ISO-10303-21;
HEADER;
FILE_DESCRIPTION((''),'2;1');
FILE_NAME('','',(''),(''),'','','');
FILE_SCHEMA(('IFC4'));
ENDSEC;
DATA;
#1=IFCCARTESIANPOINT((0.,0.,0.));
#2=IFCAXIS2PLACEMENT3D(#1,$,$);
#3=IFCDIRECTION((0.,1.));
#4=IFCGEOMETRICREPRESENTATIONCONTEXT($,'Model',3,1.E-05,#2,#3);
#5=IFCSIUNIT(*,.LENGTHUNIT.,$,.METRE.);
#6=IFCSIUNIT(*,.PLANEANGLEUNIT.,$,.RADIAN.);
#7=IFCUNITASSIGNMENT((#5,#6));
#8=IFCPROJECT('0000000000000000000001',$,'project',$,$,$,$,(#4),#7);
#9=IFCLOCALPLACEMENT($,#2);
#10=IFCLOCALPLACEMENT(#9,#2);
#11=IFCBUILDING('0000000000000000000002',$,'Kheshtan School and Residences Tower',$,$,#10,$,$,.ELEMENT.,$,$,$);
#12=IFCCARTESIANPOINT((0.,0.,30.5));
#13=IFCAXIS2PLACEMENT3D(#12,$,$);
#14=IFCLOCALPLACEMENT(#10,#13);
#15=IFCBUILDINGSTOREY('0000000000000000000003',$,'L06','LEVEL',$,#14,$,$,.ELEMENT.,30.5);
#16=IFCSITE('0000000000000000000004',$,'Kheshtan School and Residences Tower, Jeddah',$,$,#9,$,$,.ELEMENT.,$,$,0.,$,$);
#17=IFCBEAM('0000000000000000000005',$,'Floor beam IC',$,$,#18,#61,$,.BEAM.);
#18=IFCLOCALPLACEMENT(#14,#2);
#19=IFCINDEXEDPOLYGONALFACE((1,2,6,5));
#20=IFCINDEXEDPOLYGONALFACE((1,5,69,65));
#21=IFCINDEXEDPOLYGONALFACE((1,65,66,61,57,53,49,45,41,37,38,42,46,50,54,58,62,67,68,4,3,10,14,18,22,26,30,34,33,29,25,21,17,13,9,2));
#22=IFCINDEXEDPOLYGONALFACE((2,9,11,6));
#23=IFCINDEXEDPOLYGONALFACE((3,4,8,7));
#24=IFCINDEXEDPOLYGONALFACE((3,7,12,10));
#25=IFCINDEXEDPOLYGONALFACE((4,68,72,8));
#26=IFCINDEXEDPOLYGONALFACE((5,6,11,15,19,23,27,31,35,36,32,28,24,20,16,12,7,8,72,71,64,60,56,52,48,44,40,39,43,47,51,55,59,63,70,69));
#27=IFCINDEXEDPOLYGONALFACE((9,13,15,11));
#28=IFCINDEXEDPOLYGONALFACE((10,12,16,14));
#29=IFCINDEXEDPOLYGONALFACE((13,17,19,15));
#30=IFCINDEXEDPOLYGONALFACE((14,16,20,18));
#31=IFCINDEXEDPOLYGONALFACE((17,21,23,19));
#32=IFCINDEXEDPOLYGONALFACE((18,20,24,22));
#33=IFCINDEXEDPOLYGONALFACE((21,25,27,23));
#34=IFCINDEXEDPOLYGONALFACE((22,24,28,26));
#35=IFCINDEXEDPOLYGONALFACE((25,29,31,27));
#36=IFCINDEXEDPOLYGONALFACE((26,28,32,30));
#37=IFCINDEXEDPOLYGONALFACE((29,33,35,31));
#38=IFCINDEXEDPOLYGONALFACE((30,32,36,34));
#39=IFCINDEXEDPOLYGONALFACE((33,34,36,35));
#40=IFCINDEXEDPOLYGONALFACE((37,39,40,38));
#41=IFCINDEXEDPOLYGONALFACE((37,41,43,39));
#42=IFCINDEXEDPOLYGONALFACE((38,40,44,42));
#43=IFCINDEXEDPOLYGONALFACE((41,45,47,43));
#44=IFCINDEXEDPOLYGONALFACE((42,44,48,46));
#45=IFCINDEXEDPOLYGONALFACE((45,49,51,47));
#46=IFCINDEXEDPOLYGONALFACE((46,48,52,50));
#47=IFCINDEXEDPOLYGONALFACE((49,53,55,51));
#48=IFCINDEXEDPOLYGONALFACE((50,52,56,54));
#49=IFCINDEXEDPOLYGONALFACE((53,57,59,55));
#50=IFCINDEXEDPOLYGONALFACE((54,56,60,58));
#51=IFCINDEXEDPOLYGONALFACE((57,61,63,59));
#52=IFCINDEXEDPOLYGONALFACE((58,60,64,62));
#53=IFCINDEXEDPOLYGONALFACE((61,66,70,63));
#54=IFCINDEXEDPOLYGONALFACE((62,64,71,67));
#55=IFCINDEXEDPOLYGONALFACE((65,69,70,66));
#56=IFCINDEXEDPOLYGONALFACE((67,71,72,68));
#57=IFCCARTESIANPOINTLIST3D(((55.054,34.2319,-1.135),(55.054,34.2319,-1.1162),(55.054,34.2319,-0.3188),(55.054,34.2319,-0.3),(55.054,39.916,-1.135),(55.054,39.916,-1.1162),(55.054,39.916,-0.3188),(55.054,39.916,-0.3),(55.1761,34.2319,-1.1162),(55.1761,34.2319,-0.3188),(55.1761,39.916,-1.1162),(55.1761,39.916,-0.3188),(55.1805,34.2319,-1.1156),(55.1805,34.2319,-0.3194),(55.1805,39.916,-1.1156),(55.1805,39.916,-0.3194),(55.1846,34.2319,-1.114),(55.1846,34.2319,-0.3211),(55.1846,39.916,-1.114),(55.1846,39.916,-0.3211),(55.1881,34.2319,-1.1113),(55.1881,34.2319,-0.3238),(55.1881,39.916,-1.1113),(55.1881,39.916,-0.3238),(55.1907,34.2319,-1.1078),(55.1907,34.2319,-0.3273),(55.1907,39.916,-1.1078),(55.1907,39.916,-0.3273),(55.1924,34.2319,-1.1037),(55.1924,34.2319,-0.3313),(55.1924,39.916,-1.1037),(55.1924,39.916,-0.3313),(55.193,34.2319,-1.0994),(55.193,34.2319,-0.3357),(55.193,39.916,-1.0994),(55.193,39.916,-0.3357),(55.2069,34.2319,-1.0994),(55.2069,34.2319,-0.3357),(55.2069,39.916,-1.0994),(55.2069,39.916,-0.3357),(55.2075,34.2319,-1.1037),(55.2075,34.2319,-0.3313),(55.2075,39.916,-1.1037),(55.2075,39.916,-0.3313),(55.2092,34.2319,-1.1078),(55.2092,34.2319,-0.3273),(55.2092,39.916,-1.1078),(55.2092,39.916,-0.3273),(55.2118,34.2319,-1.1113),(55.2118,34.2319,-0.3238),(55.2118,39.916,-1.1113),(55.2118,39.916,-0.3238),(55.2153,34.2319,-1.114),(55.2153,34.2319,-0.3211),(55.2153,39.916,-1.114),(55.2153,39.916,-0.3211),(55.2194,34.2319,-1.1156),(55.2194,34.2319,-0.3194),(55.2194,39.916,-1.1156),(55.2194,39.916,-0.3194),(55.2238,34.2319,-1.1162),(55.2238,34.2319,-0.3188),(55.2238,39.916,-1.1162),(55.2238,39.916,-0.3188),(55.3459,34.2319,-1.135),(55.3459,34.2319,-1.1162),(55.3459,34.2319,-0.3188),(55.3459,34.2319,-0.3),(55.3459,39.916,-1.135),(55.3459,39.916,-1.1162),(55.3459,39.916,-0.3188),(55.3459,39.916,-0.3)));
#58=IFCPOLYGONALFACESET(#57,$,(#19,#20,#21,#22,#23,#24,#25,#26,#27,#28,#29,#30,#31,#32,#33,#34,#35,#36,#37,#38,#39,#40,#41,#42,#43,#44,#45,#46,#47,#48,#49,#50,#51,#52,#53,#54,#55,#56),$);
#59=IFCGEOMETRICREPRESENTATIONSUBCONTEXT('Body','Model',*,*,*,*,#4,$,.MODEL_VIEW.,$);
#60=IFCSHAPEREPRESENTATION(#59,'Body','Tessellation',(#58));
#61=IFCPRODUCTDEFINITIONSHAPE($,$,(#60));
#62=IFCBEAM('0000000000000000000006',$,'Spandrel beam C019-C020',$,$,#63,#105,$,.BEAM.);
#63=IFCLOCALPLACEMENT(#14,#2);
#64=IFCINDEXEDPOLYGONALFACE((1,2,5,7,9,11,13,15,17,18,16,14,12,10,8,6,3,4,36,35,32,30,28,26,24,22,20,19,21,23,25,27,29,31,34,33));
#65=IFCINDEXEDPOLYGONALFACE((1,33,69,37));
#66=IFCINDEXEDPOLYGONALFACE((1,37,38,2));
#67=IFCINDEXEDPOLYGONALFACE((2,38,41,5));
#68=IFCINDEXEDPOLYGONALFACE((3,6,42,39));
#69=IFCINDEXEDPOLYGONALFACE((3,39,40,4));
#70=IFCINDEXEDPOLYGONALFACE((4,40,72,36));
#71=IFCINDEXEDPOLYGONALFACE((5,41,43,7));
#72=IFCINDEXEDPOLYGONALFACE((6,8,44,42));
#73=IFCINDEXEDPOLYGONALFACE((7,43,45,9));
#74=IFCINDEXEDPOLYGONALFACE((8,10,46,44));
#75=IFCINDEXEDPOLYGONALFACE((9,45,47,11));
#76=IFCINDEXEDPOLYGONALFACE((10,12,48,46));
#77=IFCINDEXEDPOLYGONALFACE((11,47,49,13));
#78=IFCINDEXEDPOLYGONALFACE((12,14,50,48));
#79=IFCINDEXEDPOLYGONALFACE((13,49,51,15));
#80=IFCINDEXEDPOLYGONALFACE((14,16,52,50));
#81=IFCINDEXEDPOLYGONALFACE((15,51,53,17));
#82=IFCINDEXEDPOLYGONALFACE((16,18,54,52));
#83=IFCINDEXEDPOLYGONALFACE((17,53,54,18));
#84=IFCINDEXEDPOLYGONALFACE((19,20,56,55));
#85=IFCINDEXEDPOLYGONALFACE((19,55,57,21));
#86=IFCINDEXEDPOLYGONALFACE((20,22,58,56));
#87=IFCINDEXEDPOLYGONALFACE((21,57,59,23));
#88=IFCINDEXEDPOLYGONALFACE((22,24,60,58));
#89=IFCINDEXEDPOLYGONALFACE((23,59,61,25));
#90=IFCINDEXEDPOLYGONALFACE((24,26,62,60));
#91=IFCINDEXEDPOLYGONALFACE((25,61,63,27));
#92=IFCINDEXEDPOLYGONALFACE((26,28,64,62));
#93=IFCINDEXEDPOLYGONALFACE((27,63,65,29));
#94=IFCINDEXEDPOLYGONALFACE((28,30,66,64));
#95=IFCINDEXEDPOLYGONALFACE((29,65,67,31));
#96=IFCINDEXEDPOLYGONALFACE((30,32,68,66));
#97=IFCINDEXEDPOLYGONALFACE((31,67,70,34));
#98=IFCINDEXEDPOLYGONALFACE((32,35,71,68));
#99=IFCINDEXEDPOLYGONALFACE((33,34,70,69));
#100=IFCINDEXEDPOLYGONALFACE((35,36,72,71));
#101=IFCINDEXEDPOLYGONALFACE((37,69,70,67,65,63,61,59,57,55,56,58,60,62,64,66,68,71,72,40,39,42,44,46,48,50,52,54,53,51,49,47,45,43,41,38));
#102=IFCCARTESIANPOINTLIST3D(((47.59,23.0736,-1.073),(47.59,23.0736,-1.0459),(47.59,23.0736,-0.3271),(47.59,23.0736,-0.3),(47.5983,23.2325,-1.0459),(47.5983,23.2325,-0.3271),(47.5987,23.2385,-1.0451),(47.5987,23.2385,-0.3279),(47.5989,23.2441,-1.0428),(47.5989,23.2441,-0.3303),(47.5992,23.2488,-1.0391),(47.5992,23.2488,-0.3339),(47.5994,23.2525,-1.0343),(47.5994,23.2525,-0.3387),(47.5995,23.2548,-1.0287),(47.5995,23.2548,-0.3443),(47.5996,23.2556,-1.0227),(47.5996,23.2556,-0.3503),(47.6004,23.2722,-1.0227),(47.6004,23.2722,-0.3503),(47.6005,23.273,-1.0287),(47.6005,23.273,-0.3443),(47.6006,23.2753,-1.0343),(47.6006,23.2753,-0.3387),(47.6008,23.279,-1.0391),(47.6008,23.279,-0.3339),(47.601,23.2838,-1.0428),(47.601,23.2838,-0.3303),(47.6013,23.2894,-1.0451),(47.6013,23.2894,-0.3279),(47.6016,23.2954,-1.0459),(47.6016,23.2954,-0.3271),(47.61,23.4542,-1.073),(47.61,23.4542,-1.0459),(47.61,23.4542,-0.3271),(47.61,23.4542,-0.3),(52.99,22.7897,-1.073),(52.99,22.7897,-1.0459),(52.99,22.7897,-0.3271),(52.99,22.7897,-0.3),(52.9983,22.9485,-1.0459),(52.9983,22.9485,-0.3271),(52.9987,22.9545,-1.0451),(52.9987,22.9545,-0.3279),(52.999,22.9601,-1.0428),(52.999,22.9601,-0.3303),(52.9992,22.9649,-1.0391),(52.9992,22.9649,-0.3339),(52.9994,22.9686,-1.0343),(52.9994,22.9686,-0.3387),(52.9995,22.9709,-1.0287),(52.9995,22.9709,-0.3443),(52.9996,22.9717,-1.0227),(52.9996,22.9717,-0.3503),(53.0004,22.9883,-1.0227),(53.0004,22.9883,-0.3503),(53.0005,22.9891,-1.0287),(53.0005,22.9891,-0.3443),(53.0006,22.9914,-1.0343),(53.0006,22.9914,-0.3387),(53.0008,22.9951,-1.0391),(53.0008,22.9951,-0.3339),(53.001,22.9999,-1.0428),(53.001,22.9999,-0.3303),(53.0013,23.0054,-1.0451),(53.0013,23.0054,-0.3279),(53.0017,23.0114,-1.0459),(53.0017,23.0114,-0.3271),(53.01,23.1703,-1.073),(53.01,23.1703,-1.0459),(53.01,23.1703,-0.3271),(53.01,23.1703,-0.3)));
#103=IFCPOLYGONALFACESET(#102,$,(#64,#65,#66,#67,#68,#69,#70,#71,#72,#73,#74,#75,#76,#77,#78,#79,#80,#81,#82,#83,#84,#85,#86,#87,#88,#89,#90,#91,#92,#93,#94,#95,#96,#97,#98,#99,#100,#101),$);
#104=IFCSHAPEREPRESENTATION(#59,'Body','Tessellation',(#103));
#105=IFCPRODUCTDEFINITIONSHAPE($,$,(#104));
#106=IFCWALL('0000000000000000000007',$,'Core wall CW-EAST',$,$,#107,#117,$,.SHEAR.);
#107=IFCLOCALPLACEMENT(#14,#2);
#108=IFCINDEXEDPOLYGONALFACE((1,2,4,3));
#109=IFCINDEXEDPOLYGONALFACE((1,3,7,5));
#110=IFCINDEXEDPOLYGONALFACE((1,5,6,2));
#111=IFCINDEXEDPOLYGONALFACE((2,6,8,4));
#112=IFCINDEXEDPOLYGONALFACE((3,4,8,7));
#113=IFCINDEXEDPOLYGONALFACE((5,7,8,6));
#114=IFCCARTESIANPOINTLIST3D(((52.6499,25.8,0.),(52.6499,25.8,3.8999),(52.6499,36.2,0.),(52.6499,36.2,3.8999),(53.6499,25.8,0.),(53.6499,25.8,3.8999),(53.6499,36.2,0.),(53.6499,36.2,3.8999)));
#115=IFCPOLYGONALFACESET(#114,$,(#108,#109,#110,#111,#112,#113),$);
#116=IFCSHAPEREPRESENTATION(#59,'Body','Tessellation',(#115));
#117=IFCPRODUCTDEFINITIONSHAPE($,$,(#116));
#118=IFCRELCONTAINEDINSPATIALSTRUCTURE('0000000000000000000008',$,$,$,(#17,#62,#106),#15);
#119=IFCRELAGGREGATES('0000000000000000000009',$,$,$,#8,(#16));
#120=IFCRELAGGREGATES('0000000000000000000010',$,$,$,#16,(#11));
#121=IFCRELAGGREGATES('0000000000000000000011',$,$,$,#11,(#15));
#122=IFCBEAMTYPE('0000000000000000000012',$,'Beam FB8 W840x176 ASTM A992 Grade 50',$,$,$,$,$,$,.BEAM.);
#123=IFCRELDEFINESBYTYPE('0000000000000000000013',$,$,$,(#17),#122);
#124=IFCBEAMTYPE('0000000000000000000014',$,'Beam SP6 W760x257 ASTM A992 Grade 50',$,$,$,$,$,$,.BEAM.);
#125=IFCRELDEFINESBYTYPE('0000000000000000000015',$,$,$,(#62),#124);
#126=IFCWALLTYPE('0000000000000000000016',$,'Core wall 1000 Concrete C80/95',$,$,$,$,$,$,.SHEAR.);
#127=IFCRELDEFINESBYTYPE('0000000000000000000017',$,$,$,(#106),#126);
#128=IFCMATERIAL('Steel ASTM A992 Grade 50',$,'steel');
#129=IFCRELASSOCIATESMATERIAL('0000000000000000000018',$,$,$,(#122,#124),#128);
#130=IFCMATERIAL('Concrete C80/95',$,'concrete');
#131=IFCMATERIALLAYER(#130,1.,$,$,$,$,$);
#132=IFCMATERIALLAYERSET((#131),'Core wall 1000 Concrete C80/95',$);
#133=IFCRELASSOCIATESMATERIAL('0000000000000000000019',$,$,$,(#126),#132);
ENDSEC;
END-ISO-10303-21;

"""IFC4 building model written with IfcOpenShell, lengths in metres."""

from ifc_helpers import new_model, si_unit, direction, frame, frame_2d, origin, origin_2d, place, context, subcontext, project, spatial, rectangle, i_section, extrude, material, layer, layer_set, material_profile, profile_set, type_object, element, save


model = new_model("IFC4")

# Units and contexts
model_context = context("Model", 3, precision=1e-05, world=origin(), true_north=direction((0.0, 1.0)))
body_context = subcontext(model_context, "Body", "Model", "MODEL_VIEW")
ifc_project = project(units=[si_unit("LENGTHUNIT", "METRE"), si_unit("PLANEANGLEUNIT", "RADIAN")], contexts=[model_context])

# Site, building, storey
site_placement = place(None, origin())
site = spatial("IfcSite", under=ifc_project, at=site_placement, Name="Kheshtan School and Residences Tower, Jeddah", CompositionType="ELEMENT", RefElevation=0.0)
building_placement = place(site_placement, origin())
building = spatial("IfcBuilding", under=site, at=building_placement, Name="Kheshtan School and Residences Tower", CompositionType="ELEMENT")
storey_placement = place(building_placement, frame((0.0, 0.0, 30.5)))
storey = spatial("IfcBuildingStorey", under=building, at=storey_placement, Name="L06", Description="LEVEL", CompositionType="ELEMENT", Elevation=30.5)

# Shared definitions
ifc_material_1 = material(Name="Steel ASTM A992 Grade 50", Category="steel")

# Beams
ifc_material_profile_1 = material_profile(ifc_material_1, i_section(OverallWidth=0.292, OverallDepth=0.835, WebThickness=0.0139, FlangeThickness=0.0188, FilletRadius=0.0168, at=origin_2d()), Name="W840x176")
ifc_profile_set_1 = profile_set([ifc_material_profile_1], Name="Steel ASTM A992 Grade 50")
beam_type_1 = type_object("IfcBeamType", Name="Beam FB8 W840x176 ASTM A992 Grade 50", PredefinedType="BEAM", material=ifc_profile_set_1)
beam_1_placement = place(storey_placement, frame((55.2, 34.2319, -0.7175), z_axis=(0.0, 1.0, 0.0), x_axis=(-1.0, 0.0, 0.0)))
element("IfcBeam", 1, at=beam_1_placement, inside=storey, type_object=beam_type_1, Name="Floor beam IC", PredefinedType="BEAM", context=body_context, shape_type="SweptSolid", body=[
    extrude(i_section(OverallWidth=0.292, OverallDepth=0.835, WebThickness=0.0139, FlangeThickness=0.0188, FilletRadius=0.0168, at=origin_2d()), origin(), (0.0, 0.0, 1.0), 5.6841),
])
ifc_material_profile_2 = material_profile(ifc_material_1, i_section(OverallWidth=0.3811, OverallDepth=0.7729, WebThickness=0.0166, FlangeThickness=0.0271, FilletRadius=0.0232, at=origin_2d()), Name="W760x257")
ifc_profile_set_2 = profile_set([ifc_material_profile_2], Name="Steel ASTM A992 Grade 50")
beam_type_2 = type_object("IfcBeamType", Name="Beam SP6 W760x257 ASTM A992 Grade 50", PredefinedType="BEAM", material=ifc_profile_set_2)
beam_2_placement = place(storey_placement, frame((53.0, 22.98, -0.6865), z_axis=(-0.99862, 0.052509, 0.0), x_axis=(-0.052509, -0.99862, 0.0)))
element("IfcBeam", 2, at=beam_2_placement, inside=storey, type_object=beam_type_2, Name="Spandrel beam C019-C020", PredefinedType="BEAM", context=body_context, shape_type="SweptSolid", body=[
    extrude(i_section(OverallWidth=0.3811, OverallDepth=0.7729, WebThickness=0.0166, FlangeThickness=0.0271, FilletRadius=0.0232, at=origin_2d()), origin(), (0.0, 0.0, 1.0), 5.4075),
])

# Wall
ifc_material_2 = material(Name="Concrete C80/95", Category="concrete")
ifc_layer_1 = layer(ifc_material_2, 1.0)
ifc_layer_set_1 = layer_set([ifc_layer_1], Name="Core wall 1000 Concrete C80/95")
wall_type_1 = type_object("IfcWallType", Name="Core wall 1000 Concrete C80/95", PredefinedType="SHEAR", material=ifc_layer_set_1)
wall_1_placement = place(storey_placement, frame((53.1499, 25.8, 0.0), z_axis=(0.0, 0.0, 1.0), x_axis=(0.0, 1.0, 0.0)))
element("IfcWall", 3, at=wall_1_placement, inside=storey, type_object=wall_type_1, Name="Core wall CW-EAST", PredefinedType="SHEAR", context=body_context, shape_type="SweptSolid", body=[
    extrude(rectangle(XDim=10.3999, YDim=1.0, at=frame_2d((5.2, 0.0))), origin(), (0.0, 0.0, 1.0), 3.8999),
])

save(model, "model.ifc")
